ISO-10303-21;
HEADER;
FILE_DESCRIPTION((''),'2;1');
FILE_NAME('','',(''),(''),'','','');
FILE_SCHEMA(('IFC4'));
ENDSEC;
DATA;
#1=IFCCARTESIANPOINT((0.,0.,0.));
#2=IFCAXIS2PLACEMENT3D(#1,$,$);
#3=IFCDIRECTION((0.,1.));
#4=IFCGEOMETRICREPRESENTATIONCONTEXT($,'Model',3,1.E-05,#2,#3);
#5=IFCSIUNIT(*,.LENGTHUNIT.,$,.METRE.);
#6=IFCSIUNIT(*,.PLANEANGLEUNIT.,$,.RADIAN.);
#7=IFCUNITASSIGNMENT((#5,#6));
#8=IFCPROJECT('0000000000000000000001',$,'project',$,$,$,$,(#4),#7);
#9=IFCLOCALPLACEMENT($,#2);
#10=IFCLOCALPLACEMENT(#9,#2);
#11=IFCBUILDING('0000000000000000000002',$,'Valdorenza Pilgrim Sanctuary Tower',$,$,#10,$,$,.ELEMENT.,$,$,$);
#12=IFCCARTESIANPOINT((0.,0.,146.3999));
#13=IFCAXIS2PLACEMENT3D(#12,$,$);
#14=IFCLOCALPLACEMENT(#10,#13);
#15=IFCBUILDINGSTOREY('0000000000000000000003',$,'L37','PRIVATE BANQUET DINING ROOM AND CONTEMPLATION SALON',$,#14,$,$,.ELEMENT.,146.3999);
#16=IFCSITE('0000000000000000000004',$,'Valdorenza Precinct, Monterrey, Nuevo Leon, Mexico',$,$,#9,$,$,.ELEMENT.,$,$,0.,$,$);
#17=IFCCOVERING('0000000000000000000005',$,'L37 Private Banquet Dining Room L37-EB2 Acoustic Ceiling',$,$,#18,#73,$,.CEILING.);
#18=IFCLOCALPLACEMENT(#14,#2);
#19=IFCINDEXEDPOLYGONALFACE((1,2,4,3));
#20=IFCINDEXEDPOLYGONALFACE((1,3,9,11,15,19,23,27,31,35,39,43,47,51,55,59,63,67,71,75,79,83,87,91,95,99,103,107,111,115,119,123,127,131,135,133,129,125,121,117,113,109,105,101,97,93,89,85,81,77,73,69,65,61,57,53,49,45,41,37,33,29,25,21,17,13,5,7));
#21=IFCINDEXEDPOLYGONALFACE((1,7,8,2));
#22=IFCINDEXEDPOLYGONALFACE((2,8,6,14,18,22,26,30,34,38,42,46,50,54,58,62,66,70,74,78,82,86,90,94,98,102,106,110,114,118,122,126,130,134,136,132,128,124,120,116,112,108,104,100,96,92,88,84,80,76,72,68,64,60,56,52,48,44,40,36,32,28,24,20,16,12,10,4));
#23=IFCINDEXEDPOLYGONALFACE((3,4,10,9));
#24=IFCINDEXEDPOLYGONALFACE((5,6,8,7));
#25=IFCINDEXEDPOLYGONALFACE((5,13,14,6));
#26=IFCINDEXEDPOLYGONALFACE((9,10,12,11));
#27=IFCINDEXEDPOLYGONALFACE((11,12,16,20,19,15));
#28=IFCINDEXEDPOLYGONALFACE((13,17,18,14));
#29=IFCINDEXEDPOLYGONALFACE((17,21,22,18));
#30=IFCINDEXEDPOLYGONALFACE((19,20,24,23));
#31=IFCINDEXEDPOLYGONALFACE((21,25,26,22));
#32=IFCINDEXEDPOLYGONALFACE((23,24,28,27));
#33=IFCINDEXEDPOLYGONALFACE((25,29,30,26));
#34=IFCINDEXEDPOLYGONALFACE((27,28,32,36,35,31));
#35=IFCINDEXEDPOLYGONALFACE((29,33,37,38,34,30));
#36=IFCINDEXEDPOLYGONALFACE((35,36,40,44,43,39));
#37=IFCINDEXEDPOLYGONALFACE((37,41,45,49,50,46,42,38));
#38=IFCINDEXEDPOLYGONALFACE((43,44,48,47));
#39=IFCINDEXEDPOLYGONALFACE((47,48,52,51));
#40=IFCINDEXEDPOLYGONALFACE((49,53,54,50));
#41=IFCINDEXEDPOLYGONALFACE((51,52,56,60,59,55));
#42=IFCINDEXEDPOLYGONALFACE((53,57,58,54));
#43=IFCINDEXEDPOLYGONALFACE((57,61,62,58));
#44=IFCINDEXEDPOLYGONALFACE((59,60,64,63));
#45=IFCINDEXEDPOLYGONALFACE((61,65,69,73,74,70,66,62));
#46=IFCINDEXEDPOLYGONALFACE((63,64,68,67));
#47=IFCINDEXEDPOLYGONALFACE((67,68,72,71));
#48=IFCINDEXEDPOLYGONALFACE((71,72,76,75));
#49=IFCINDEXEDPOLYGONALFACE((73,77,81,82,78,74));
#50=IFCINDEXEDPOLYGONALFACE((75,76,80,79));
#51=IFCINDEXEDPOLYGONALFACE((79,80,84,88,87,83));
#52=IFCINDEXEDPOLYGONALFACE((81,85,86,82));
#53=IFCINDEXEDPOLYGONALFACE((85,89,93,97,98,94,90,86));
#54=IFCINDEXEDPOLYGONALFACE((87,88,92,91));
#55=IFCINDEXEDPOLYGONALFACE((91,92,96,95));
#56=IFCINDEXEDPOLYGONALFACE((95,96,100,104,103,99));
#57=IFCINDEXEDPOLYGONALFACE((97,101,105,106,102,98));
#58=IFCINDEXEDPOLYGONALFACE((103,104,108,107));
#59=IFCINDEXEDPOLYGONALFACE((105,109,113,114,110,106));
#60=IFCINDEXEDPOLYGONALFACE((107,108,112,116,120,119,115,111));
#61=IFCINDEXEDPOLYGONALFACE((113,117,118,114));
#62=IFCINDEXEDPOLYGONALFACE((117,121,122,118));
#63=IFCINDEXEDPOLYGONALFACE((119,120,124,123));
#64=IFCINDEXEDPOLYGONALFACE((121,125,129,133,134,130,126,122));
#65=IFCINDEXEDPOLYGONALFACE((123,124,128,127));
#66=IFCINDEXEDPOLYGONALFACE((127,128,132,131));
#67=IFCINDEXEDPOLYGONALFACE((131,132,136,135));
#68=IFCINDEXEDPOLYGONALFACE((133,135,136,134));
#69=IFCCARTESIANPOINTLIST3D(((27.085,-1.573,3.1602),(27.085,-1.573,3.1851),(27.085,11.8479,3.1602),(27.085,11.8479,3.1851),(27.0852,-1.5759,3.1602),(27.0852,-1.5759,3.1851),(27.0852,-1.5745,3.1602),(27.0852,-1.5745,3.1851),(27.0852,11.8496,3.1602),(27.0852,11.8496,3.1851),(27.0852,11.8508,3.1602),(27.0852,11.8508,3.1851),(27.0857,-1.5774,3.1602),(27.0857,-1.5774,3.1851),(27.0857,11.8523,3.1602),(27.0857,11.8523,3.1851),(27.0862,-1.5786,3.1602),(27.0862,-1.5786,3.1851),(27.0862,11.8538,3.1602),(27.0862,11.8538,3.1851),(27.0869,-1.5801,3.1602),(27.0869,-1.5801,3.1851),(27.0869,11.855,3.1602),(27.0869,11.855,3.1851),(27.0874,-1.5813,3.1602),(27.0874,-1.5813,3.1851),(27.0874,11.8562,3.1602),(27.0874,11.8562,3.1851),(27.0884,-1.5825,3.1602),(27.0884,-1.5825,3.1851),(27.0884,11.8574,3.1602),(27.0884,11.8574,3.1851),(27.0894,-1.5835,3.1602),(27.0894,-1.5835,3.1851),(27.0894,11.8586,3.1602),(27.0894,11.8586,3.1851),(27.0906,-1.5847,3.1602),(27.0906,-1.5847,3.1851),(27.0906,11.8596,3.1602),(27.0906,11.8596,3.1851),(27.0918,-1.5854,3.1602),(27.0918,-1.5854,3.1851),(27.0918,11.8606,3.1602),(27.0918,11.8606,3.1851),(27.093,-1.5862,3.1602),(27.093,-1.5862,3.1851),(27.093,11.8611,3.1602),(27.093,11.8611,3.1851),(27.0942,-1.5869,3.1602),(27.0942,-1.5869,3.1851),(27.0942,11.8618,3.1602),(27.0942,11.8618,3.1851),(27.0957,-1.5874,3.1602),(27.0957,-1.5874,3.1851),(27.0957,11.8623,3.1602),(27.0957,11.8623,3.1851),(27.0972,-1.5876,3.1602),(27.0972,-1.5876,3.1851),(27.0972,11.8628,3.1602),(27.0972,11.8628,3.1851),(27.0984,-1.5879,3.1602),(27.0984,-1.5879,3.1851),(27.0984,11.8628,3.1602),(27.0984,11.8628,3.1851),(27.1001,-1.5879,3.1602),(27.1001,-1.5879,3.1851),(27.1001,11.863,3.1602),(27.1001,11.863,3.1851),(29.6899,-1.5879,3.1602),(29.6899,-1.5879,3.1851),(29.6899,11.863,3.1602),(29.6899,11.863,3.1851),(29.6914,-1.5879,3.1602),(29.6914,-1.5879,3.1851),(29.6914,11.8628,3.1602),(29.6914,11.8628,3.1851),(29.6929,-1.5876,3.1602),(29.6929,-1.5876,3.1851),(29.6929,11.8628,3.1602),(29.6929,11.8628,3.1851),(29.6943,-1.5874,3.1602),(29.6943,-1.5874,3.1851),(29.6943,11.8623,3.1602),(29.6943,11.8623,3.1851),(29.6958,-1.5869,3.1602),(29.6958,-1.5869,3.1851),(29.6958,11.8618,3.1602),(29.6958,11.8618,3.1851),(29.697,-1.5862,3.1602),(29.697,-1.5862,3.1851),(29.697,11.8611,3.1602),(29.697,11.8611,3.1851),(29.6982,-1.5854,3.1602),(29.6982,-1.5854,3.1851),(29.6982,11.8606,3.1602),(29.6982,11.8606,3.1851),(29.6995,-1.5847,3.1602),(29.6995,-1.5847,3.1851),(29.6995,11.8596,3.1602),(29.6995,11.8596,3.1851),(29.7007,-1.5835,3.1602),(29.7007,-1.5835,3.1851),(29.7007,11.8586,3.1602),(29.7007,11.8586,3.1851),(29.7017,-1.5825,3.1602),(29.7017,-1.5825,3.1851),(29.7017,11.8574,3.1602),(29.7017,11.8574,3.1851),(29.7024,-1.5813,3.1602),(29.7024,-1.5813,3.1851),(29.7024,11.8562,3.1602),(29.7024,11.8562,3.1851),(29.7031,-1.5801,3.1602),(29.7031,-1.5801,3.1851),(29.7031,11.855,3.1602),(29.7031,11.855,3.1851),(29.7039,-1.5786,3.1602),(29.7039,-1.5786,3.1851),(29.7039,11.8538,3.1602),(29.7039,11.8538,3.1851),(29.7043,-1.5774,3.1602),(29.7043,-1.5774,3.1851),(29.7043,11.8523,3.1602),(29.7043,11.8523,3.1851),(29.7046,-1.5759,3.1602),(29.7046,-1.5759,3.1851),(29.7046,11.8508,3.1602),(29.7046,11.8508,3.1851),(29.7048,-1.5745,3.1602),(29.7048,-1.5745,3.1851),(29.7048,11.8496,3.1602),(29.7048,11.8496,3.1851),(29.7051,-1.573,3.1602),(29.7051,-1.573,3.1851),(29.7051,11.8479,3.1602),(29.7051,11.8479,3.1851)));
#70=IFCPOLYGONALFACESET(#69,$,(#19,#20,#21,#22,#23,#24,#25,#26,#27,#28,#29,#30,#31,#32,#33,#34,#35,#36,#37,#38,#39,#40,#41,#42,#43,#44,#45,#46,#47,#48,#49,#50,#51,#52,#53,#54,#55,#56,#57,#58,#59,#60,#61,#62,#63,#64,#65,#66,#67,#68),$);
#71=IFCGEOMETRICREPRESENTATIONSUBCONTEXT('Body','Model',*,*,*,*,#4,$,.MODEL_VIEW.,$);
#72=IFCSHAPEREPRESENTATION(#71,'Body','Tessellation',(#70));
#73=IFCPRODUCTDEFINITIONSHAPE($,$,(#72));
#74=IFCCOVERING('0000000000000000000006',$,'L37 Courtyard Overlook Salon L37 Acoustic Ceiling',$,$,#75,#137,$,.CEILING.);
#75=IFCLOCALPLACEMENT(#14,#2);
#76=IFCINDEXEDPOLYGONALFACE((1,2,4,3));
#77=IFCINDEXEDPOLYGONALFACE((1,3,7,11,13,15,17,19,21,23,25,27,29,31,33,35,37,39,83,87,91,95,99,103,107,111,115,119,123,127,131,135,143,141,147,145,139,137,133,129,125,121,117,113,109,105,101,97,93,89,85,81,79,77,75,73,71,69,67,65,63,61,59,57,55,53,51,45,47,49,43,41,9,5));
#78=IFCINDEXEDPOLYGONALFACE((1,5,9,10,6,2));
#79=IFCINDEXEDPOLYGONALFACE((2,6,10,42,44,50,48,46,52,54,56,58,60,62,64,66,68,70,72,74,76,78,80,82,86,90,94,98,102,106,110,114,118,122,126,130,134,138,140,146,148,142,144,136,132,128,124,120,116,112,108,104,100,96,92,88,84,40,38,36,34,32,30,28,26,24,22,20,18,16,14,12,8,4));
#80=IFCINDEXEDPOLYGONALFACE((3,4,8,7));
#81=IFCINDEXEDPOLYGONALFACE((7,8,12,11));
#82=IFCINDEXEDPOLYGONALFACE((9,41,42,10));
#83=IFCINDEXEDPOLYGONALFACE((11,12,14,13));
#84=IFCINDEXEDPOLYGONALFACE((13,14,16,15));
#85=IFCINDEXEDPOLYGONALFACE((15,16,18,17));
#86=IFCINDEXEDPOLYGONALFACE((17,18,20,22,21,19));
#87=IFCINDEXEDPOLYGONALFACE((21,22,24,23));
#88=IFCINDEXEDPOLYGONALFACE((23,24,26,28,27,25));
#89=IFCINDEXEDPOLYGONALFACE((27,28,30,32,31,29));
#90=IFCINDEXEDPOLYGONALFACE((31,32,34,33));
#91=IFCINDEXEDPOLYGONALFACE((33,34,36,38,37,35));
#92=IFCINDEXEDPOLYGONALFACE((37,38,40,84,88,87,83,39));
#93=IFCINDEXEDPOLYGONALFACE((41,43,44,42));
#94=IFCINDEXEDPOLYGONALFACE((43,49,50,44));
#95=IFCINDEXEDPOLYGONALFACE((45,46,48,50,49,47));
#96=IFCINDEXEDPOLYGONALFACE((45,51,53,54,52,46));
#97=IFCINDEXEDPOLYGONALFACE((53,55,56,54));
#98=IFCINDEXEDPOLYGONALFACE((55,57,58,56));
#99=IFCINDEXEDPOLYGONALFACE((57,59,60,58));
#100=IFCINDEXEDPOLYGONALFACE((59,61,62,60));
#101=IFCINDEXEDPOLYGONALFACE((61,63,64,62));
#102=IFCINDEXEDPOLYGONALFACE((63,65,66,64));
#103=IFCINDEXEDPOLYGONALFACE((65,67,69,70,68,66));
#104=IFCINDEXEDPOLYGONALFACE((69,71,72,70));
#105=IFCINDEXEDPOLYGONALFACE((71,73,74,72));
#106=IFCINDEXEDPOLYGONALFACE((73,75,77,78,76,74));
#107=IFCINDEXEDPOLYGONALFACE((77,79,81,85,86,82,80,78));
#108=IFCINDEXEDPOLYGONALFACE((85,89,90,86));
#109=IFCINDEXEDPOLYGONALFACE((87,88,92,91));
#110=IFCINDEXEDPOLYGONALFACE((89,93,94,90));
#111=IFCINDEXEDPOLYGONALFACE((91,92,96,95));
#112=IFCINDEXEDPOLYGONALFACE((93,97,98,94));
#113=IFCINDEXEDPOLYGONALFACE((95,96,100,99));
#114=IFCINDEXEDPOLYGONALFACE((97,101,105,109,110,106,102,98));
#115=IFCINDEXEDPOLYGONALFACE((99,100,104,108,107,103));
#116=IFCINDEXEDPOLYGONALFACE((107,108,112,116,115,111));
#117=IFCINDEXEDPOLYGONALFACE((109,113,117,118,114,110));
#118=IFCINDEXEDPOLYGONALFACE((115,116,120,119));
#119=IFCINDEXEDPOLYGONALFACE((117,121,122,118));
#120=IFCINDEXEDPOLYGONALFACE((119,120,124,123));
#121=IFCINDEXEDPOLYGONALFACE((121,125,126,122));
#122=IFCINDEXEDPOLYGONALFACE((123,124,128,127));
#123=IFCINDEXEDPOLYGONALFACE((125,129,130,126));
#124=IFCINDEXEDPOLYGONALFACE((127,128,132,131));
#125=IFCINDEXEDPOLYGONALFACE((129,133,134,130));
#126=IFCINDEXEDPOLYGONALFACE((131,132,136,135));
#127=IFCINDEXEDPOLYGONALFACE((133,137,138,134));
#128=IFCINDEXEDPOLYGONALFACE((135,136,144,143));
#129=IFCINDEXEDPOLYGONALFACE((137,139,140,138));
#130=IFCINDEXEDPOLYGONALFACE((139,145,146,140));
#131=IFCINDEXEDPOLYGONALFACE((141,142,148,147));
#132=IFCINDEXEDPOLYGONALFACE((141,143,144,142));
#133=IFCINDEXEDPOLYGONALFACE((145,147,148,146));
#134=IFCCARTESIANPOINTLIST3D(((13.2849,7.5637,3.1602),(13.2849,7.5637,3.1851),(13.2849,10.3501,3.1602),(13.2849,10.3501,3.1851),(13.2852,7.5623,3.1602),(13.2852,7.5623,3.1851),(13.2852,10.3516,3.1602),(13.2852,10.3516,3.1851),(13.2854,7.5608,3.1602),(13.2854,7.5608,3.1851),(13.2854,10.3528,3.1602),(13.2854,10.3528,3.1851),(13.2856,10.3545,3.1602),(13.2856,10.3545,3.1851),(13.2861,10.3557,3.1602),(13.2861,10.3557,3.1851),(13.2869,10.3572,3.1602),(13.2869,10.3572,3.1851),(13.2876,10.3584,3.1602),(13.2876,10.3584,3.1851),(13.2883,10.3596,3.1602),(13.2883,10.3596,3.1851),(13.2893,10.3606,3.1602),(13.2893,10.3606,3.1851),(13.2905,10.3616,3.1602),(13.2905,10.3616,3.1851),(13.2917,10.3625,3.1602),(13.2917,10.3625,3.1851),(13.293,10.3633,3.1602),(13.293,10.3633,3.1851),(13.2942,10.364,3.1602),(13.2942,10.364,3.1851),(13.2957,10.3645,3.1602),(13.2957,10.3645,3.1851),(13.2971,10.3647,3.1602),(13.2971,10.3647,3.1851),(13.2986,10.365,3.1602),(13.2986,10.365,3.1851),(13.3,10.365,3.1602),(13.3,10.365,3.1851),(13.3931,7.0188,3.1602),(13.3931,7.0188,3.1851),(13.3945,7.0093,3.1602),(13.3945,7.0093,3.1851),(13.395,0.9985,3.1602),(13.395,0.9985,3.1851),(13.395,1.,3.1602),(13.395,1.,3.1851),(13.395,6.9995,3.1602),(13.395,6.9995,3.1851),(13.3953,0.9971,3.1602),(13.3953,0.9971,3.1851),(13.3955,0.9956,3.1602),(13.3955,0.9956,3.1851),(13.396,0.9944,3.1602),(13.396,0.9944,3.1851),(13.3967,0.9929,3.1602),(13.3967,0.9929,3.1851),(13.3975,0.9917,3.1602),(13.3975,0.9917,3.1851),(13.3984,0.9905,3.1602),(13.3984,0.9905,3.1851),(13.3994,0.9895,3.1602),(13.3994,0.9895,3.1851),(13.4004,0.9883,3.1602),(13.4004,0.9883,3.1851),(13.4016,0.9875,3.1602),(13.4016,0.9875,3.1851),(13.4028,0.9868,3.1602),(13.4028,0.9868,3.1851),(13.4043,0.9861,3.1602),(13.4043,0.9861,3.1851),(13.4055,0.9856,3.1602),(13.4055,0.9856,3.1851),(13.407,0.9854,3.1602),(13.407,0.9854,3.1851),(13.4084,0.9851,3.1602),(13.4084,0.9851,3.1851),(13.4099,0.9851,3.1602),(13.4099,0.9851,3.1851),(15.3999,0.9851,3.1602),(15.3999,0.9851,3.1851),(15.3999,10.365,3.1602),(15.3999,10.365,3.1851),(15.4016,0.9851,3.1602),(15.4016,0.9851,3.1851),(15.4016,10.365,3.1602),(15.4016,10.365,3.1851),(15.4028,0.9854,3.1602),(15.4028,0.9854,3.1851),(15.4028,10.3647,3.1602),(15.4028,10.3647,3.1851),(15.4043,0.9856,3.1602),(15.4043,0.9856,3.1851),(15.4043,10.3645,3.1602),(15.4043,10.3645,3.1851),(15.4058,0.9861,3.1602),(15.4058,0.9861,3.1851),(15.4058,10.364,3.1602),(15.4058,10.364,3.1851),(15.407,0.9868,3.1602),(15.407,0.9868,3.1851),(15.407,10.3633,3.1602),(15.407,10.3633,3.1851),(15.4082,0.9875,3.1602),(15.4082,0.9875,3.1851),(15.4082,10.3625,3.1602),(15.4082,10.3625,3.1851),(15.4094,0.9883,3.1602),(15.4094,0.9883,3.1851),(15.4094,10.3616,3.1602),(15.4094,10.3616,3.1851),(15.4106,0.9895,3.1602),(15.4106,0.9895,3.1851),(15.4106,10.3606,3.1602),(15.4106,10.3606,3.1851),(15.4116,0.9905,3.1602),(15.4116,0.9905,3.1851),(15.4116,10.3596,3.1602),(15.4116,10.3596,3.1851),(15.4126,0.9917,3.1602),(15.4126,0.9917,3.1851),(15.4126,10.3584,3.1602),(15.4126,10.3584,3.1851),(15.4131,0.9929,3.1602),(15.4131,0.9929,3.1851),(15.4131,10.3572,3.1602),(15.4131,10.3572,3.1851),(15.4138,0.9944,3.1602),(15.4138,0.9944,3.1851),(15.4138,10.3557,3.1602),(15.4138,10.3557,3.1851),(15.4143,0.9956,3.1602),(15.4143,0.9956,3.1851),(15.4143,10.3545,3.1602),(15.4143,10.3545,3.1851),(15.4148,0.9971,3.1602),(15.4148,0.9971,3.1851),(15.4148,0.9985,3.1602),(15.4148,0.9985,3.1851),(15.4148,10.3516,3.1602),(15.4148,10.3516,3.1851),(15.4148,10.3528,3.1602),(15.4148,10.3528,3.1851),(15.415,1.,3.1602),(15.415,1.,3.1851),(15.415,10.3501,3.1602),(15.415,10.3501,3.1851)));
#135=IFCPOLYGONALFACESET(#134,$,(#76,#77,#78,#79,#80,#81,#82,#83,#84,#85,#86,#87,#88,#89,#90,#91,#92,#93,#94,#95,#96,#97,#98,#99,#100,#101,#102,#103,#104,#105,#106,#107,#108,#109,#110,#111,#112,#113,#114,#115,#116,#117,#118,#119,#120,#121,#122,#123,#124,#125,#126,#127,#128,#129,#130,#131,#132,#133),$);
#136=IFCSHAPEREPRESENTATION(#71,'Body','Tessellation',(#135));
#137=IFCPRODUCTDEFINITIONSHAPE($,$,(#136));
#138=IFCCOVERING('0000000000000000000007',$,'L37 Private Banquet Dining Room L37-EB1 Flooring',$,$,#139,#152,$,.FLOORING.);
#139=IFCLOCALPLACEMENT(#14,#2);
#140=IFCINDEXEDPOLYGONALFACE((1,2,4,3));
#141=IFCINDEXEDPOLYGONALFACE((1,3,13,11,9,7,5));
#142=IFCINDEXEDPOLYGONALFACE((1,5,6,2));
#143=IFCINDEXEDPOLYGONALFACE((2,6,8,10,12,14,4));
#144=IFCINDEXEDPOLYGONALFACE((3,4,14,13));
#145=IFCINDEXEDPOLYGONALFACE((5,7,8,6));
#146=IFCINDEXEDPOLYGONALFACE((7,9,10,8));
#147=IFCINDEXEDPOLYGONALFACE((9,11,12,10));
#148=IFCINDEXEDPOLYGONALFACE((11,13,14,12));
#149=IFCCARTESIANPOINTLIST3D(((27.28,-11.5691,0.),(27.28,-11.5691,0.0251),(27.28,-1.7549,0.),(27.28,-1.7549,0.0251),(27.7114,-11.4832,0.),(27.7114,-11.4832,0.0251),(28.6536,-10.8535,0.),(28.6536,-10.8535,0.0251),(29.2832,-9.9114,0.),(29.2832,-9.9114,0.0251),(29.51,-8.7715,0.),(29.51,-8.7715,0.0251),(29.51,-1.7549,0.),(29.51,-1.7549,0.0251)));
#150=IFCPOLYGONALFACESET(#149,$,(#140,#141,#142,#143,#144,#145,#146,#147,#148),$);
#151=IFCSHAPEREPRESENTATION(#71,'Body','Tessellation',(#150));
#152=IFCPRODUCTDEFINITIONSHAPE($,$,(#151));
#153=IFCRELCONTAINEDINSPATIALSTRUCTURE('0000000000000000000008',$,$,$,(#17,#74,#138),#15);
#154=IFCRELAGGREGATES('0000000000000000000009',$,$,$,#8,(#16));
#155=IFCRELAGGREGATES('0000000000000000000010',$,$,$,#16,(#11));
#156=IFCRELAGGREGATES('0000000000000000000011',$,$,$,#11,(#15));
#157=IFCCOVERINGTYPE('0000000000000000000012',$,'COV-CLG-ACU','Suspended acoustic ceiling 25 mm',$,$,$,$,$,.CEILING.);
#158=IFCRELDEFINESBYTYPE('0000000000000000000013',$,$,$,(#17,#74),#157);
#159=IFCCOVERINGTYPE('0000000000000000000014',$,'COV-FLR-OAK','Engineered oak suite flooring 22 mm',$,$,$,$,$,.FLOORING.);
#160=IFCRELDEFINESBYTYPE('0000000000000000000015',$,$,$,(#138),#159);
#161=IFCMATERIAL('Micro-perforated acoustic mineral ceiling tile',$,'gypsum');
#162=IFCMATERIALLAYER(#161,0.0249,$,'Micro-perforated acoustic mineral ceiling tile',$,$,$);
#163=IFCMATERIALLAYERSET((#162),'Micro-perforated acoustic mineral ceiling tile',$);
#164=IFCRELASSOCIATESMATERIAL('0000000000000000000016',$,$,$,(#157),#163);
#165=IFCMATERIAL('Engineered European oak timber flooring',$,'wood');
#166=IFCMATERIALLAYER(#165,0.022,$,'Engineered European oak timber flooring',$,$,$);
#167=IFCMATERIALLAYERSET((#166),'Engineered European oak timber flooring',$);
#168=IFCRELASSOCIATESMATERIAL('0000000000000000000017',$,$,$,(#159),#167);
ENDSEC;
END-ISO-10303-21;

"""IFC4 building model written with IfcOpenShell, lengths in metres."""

from ifc_helpers import new_model, si_unit, direction, frame, origin, place, context, subcontext, project, spatial, polyline, outline, extrude, material, layer, layer_set, type_object, element, save


model = new_model("IFC4")

# Units and contexts
model_context = context("Model", 3, precision=1e-05, world=origin(), true_north=direction((0.0, 1.0)))
body_context = subcontext(model_context, "Body", "Model", "MODEL_VIEW")
ifc_project = project(units=[si_unit("LENGTHUNIT", "METRE"), si_unit("PLANEANGLEUNIT", "RADIAN")], contexts=[model_context])

# Site, building, storey
site_placement = place(None, origin())
site = spatial("IfcSite", under=ifc_project, at=site_placement, Name="Valdorenza Precinct, Monterrey, Nuevo Leon, Mexico", CompositionType="ELEMENT", RefElevation=0.0)
building_placement = place(site_placement, origin())
building = spatial("IfcBuilding", under=site, at=building_placement, Name="Valdorenza Pilgrim Sanctuary Tower", CompositionType="ELEMENT")
storey_placement = place(building_placement, frame((0.0, 0.0, 146.3999)))
storey = spatial("IfcBuildingStorey", under=building, at=storey_placement, Name="L37", Description="PRIVATE BANQUET DINING ROOM AND CONTEMPLATION SALON", CompositionType="ELEMENT", Elevation=146.3999)

# Coverings
ifc_material_1 = material(Name="Micro-perforated acoustic mineral ceiling tile", Category="gypsum")
ifc_layer_1 = layer(ifc_material_1, 0.0249, Name="Micro-perforated acoustic mineral ceiling tile")
ifc_layer_set_1 = layer_set([ifc_layer_1], Name="Micro-perforated acoustic mineral ceiling tile")
covering_type_1 = type_object("IfcCoveringType", Name="COV-CLG-ACU", Description="Suspended acoustic ceiling 25 mm", PredefinedType="CEILING", material=ifc_layer_set_1)
covering_1_placement = place(storey_placement, frame((0.0, 0.0, 3.1602)))
element("IfcCovering", 1, at=covering_1_placement, inside=storey, type_object=covering_type_1, Name="L37 Private Banquet Dining Room L37-EB2 Acoustic Ceiling", PredefinedType="CEILING", context=body_context, shape_type="SweptSolid", body=[
    extrude(outline(polyline([(27.085, 11.8479), (27.0852, 11.8496), (27.0852, 11.8508), (27.0857, 11.8523), (27.0862, 11.8538), (27.0869, 11.855), (27.0874, 11.8562), (27.0884, 11.8574), (27.0894, 11.8586), (27.0906, 11.8596), (27.0918, 11.8606), (27.093, 11.8611), (27.0942, 11.8618), (27.0957, 11.8623), (27.0972, 11.8628), (27.0984, 11.8628), (27.1001, 11.863), (29.6899, 11.863), (29.6914, 11.8628), (29.6929, 11.8628), (29.6943, 11.8623), (29.6958, 11.8618), (29.697, 11.8611), (29.6982, 11.8606), (29.6995, 11.8596), (29.7007, 11.8586), (29.7017, 11.8574), (29.7024, 11.8562), (29.7031, 11.855), (29.7039, 11.8538), (29.7043, 11.8523), (29.7046, 11.8508), (29.7048, 11.8496), (29.7051, 11.8479), (29.7051, -1.573), (29.7048, -1.5745), (29.7046, -1.5759), (29.7043, -1.5774), (29.7039, -1.5786), (29.7031, -1.5801), (29.7024, -1.5813), (29.7017, -1.5825), (29.7007, -1.5835), (29.6995, -1.5847), (29.6982, -1.5854), (29.697, -1.5862), (29.6958, -1.5869), (29.6943, -1.5874), (29.6929, -1.5876), (29.6914, -1.5879), (29.6899, -1.5879), (27.1001, -1.5879), (27.0984, -1.5879), (27.0972, -1.5876), (27.0957, -1.5874), (27.0942, -1.5869), (27.093, -1.5862), (27.0918, -1.5854), (27.0906, -1.5847), (27.0894, -1.5835), (27.0884, -1.5825), (27.0874, -1.5813), (27.0869, -1.5801), (27.0862, -1.5786), (27.0857, -1.5774), (27.0852, -1.5759), (27.0852, -1.5745), (27.085, -1.573), (27.085, 11.8479)])), origin(), (0.0, 0.0, 1.0), 0.0249),
])
covering_2_placement = place(storey_placement, frame((0.0, 0.0, 3.1602)))
element("IfcCovering", 2, at=covering_2_placement, inside=storey, type_object=covering_type_1, Name="L37 Courtyard Overlook Salon L37 Acoustic Ceiling", PredefinedType="CEILING", context=body_context, shape_type="SweptSolid", body=[
    extrude(outline(polyline([(15.3999, 10.365), (15.4016, 10.365), (15.4028, 10.3647), (15.4043, 10.3645), (15.4058, 10.364), (15.407, 10.3633), (15.4082, 10.3625), (15.4094, 10.3616), (15.4106, 10.3606), (15.4116, 10.3596), (15.4126, 10.3584), (15.4131, 10.3572), (15.4138, 10.3557), (15.4143, 10.3545), (15.4148, 10.3528), (15.4148, 10.3516), (15.415, 10.3501), (15.415, 1.0), (15.4148, 0.9985), (15.4148, 0.9971), (15.4143, 0.9956), (15.4138, 0.9944), (15.4131, 0.9929), (15.4126, 0.9917), (15.4116, 0.9905), (15.4106, 0.9895), (15.4094, 0.9883), (15.4082, 0.9875), (15.407, 0.9868), (15.4058, 0.9861), (15.4043, 0.9856), (15.4028, 0.9854), (15.4016, 0.9851), (15.3999, 0.9851), (13.4099, 0.9851), (13.4084, 0.9851), (13.407, 0.9854), (13.4055, 0.9856), (13.4043, 0.9861), (13.4028, 0.9868), (13.4016, 0.9875), (13.4004, 0.9883), (13.3994, 0.9895), (13.3984, 0.9905), (13.3975, 0.9917), (13.3967, 0.9929), (13.396, 0.9944), (13.3955, 0.9956), (13.3953, 0.9971), (13.395, 0.9985), (13.395, 1.0), (13.395, 6.9995), (13.3945, 7.0093), (13.3931, 7.0188), (13.2854, 7.5608), (13.2852, 7.5623), (13.2849, 7.5637), (13.2849, 10.3501), (13.2852, 10.3516), (13.2854, 10.3528), (13.2856, 10.3545), (13.2861, 10.3557), (13.2869, 10.3572), (13.2876, 10.3584), (13.2883, 10.3596), (13.2893, 10.3606), (13.2905, 10.3616), (13.2917, 10.3625), (13.293, 10.3633), (13.2942, 10.364), (13.2957, 10.3645), (13.2971, 10.3647), (13.2986, 10.365), (13.3, 10.365), (15.3999, 10.365)])), origin(), (0.0, 0.0, 1.0), 0.0249),
])
ifc_material_2 = material(Name="Engineered European oak timber flooring", Category="wood")
ifc_layer_2 = layer(ifc_material_2, 0.022, Name="Engineered European oak timber flooring")
ifc_layer_set_2 = layer_set([ifc_layer_2], Name="Engineered European oak timber flooring")
covering_type_2 = type_object("IfcCoveringType", Name="COV-FLR-OAK", Description="Engineered oak suite flooring 22 mm", PredefinedType="FLOORING", material=ifc_layer_set_2)
covering_3_placement = place(storey_placement, origin())
element("IfcCovering", 3, at=covering_3_placement, inside=storey, type_object=covering_type_2, Name="L37 Private Banquet Dining Room L37-EB1 Flooring", PredefinedType="FLOORING", context=body_context, shape_type="SweptSolid", body=[
    extrude(outline(polyline([(29.51, -1.7549), (29.51, -8.7715), (29.2832, -9.9114), (28.6536, -10.8535), (27.7114, -11.4832), (27.28, -11.5691), (27.28, -1.7549), (29.51, -1.7549)])), origin(), (0.0, 0.0, 1.0), 0.0251),
])

save(model, "model.ifc")
